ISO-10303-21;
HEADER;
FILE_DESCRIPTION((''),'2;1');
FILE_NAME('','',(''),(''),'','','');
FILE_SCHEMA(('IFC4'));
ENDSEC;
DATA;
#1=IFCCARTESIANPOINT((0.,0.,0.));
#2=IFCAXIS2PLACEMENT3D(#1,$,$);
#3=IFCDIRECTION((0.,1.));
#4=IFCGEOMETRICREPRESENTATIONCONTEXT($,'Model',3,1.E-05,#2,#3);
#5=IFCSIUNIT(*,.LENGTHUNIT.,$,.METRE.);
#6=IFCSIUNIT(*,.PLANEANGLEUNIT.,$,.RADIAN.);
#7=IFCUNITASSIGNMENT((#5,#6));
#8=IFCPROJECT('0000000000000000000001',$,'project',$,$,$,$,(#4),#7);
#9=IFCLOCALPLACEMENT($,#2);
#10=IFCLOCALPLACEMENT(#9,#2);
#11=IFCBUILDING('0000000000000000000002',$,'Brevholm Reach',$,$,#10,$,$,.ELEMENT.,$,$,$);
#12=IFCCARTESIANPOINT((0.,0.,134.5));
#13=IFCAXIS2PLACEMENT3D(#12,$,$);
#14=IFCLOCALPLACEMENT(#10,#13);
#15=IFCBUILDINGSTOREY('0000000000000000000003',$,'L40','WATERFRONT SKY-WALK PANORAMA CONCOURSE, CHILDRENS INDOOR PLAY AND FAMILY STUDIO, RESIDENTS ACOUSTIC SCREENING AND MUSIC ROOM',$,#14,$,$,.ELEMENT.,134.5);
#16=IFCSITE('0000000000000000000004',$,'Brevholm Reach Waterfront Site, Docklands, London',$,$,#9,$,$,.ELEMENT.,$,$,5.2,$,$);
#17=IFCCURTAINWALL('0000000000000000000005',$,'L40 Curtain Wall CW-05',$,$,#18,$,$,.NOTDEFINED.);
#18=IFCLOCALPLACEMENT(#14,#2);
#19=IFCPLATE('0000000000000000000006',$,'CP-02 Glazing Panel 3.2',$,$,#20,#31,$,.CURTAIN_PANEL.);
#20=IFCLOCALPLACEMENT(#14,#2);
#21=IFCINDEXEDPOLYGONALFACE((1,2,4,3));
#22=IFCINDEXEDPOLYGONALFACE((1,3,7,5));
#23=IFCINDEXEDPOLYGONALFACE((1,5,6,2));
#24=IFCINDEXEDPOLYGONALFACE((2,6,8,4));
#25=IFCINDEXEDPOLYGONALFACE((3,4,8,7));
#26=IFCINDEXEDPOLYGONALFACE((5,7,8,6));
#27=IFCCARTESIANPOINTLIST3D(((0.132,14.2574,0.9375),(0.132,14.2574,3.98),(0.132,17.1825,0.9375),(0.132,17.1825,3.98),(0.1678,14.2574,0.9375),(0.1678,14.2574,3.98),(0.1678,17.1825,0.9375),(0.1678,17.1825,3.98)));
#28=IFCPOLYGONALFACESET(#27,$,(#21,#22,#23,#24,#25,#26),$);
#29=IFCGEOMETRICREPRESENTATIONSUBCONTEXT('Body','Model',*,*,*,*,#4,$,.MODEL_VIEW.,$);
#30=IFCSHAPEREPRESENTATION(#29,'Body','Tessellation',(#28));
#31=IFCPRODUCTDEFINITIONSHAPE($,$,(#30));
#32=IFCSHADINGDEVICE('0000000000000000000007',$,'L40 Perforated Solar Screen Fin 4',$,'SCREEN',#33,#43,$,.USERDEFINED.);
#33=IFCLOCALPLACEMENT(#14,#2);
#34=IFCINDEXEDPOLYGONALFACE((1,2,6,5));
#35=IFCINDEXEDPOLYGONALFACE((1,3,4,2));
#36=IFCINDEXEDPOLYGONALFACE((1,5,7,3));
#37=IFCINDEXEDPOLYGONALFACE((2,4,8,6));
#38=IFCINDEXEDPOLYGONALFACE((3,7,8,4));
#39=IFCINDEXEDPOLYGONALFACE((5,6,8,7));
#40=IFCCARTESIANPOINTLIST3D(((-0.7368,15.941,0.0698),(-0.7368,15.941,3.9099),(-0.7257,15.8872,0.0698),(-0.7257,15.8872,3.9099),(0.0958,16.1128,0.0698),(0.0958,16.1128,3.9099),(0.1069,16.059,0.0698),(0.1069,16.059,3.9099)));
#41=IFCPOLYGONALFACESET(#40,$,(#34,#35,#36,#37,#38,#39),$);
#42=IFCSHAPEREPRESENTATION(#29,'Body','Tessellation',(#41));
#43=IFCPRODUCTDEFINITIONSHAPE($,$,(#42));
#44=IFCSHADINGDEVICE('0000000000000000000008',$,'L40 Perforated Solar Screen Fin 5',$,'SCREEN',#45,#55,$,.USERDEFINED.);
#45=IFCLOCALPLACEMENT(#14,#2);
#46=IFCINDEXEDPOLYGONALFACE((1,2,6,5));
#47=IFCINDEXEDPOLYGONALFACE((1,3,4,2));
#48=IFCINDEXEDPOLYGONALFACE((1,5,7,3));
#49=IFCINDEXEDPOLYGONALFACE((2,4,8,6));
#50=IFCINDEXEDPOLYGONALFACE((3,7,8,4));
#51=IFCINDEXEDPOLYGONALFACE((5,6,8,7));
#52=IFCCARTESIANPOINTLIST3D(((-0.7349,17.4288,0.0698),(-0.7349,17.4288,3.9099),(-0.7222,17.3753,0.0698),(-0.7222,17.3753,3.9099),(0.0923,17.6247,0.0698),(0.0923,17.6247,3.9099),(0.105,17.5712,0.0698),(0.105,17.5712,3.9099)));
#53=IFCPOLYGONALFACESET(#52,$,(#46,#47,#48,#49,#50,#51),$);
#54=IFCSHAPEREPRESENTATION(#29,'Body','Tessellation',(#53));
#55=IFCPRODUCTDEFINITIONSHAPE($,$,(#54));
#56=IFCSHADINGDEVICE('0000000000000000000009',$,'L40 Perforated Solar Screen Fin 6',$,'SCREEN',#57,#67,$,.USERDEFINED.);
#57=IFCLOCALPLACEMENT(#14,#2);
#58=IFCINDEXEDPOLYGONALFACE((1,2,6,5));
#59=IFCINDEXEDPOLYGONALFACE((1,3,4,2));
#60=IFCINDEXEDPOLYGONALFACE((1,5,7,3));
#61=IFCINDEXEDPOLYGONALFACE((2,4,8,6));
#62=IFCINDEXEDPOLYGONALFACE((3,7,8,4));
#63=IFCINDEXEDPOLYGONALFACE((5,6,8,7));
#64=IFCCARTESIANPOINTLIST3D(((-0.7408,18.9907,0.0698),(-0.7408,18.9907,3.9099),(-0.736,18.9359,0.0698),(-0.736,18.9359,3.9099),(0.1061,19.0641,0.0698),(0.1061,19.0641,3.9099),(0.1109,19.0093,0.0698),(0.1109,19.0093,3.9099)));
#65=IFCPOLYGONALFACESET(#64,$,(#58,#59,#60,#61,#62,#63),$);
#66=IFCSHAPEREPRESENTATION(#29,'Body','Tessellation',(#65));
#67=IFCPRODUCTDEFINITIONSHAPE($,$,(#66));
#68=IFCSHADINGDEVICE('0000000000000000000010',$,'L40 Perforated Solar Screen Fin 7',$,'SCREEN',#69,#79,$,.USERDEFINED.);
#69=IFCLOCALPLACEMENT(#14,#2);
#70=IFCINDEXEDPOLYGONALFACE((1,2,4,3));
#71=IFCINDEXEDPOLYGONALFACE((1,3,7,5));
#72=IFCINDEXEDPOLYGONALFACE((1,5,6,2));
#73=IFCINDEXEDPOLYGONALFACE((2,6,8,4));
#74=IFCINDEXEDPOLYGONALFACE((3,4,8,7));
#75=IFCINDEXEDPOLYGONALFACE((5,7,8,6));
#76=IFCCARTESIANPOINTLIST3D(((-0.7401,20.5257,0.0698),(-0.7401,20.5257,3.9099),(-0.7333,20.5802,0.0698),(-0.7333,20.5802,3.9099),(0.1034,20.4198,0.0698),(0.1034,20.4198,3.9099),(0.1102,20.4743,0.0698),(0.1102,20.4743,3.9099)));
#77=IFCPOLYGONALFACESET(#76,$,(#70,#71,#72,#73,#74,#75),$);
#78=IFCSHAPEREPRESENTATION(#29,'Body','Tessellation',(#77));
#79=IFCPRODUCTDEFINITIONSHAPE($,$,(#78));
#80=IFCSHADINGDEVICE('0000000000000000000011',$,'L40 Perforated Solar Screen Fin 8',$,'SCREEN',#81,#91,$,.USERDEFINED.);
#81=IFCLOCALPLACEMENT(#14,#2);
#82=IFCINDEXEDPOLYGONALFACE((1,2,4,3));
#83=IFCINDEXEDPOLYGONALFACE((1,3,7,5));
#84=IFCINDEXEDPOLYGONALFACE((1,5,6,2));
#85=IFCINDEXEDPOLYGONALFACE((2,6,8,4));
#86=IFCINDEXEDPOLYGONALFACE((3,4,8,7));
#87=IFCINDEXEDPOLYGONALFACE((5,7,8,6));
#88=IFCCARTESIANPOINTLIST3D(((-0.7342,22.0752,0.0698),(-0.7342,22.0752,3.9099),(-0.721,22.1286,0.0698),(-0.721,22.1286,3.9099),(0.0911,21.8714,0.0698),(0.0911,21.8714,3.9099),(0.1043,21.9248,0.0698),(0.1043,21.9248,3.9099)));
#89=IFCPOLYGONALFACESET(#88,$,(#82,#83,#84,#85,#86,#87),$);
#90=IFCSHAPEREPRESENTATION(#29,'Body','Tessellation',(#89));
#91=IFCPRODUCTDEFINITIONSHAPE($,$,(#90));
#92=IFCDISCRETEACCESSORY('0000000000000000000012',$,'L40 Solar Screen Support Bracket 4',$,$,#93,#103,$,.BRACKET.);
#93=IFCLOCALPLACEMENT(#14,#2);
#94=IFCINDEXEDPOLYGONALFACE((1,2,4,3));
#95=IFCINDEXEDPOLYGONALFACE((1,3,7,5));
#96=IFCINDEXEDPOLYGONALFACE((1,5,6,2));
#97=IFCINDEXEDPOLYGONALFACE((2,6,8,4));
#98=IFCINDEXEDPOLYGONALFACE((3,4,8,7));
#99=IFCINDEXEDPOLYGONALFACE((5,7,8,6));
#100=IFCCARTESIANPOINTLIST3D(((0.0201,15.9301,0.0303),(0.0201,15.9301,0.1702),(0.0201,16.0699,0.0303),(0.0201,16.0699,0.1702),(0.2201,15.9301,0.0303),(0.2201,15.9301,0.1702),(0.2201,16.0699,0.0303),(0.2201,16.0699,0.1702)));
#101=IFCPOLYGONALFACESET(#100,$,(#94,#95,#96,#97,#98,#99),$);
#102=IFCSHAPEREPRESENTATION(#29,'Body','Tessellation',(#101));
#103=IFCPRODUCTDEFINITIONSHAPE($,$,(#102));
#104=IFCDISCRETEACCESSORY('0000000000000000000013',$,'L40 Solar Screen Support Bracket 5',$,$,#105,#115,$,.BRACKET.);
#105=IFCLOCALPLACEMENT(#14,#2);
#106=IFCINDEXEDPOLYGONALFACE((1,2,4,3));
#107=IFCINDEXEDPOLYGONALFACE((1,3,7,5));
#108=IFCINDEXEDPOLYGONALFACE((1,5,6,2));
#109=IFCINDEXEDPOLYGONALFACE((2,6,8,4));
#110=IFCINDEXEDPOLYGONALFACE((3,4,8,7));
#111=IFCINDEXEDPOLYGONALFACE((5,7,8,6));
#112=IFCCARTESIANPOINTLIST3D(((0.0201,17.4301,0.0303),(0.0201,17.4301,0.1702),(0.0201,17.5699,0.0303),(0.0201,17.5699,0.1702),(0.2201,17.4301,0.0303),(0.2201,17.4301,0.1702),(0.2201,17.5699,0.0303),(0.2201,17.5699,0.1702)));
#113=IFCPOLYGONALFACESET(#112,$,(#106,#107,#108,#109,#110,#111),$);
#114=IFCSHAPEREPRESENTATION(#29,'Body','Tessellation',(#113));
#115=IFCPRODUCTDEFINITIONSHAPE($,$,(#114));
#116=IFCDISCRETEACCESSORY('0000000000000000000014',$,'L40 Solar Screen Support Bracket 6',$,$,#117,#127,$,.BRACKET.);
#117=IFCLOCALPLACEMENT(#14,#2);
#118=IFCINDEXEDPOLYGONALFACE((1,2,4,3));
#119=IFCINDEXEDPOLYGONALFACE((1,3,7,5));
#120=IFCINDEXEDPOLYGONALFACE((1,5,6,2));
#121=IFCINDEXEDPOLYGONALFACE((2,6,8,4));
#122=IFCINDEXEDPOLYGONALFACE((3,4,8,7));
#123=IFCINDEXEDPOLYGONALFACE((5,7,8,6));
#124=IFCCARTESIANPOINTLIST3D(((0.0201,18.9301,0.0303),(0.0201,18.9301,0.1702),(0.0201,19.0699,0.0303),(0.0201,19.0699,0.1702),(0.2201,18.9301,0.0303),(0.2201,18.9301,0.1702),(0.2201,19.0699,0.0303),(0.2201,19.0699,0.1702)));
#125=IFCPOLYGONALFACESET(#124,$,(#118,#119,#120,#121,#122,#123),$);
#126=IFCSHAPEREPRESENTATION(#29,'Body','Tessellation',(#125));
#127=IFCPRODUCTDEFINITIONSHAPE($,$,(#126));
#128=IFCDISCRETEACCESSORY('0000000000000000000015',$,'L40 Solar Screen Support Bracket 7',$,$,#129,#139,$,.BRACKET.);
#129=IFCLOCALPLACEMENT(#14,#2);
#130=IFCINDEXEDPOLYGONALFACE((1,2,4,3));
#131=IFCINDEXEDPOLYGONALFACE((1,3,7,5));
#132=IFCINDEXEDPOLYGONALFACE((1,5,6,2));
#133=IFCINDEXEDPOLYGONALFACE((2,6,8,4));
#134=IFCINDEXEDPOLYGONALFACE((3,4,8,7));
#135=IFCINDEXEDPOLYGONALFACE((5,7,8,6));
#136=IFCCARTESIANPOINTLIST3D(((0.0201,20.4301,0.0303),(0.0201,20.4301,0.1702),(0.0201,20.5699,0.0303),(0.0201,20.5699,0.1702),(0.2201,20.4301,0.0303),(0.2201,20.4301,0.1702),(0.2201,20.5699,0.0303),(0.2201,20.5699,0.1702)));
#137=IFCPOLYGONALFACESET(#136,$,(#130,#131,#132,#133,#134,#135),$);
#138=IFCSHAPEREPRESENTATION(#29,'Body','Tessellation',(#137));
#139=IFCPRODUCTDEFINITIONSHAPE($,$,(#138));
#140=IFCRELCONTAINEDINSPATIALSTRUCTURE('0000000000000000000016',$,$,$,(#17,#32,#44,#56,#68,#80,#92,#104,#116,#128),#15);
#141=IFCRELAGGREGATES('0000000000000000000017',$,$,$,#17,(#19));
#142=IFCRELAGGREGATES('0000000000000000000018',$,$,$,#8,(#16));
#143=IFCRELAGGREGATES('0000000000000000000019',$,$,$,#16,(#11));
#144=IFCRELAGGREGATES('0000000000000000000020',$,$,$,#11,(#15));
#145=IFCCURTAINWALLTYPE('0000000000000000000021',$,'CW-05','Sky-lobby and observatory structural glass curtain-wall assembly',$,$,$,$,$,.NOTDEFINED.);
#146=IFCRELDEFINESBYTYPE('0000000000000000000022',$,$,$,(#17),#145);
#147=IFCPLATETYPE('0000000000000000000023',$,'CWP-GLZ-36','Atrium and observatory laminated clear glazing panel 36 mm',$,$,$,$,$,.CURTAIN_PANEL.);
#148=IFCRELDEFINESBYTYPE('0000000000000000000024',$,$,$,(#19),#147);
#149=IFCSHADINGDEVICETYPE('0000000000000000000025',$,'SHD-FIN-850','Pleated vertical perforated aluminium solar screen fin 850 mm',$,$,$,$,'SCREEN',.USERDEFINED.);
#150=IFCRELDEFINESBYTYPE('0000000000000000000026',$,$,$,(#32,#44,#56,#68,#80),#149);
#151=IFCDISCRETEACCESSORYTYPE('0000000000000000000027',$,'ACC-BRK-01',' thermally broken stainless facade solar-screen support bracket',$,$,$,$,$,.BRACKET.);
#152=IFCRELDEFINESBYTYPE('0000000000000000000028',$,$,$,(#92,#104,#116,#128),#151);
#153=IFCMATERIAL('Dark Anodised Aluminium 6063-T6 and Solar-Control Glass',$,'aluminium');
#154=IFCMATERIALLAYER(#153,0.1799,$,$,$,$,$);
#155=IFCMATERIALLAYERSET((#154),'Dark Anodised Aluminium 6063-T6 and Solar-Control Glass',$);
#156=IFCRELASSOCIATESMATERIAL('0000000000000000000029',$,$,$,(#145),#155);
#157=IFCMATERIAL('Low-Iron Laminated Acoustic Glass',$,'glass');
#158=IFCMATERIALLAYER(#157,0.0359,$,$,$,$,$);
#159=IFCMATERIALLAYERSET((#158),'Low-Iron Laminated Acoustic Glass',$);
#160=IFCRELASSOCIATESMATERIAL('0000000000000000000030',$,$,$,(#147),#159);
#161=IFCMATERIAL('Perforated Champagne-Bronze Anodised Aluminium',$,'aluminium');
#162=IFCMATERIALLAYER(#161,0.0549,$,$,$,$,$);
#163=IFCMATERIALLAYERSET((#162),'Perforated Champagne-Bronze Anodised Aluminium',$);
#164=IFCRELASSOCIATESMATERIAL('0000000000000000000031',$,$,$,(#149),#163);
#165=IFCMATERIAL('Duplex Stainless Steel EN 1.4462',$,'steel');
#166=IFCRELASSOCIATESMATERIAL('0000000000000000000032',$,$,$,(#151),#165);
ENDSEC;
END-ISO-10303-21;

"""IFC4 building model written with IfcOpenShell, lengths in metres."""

from ifc_helpers import new_model, si_unit, direction, frame, origin, origin_2d, place, context, subcontext, project, spatial, rectangle, extrude, material, layer, layer_set, type_object, element, aggregate, save


model = new_model("IFC4")

# Units and contexts
model_context = context("Model", 3, precision=1e-05, world=origin(), true_north=direction((0.0, 1.0)))
body_context = subcontext(model_context, "Body", "Model", "MODEL_VIEW")
ifc_project = project(units=[si_unit("LENGTHUNIT", "METRE"), si_unit("PLANEANGLEUNIT", "RADIAN")], contexts=[model_context])

# Site, building, storey
site_placement = place(None, origin())
site = spatial("IfcSite", under=ifc_project, at=site_placement, Name="Brevholm Reach Waterfront Site, Docklands, London", CompositionType="ELEMENT", RefElevation=5.2)
building_placement = place(site_placement, origin())
building = spatial("IfcBuilding", under=site, at=building_placement, Name="Brevholm Reach", CompositionType="ELEMENT")
storey_placement = place(building_placement, frame((0.0, 0.0, 134.5)))
storey = spatial("IfcBuildingStorey", under=building, at=storey_placement, Name="L40", Description="WATERFRONT SKY-WALK PANORAMA CONCOURSE, CHILDRENS INDOOR PLAY AND FAMILY STUDIO, RESIDENTS ACOUSTIC SCREENING AND MUSIC ROOM", CompositionType="ELEMENT", Elevation=134.5)

# Curtain wall, plate
ifc_material_1 = material(Name="Dark Anodised Aluminium 6063-T6 and Solar-Control Glass", Category="aluminium")
ifc_layer_1 = layer(ifc_material_1, 0.1799)
ifc_layer_set_1 = layer_set([ifc_layer_1], Name="Dark Anodised Aluminium 6063-T6 and Solar-Control Glass")
curtain_wall_type = type_object("IfcCurtainWallType", Name="CW-05", Description="Sky-lobby and observatory structural glass curtain-wall assembly", PredefinedType="NOTDEFINED", material=ifc_layer_set_1)
curtain_wall_placement = place(storey_placement, origin())
curtain_wall = element("IfcCurtainWall", 1, at=curtain_wall_placement, inside=storey, type_object=curtain_wall_type, Name="L40 Curtain Wall CW-05", PredefinedType="NOTDEFINED")
ifc_material_2 = material(Name="Low-Iron Laminated Acoustic Glass", Category="glass")
ifc_layer_2 = layer(ifc_material_2, 0.0359)
ifc_layer_set_2 = layer_set([ifc_layer_2], Name="Low-Iron Laminated Acoustic Glass")
plate_type = type_object("IfcPlateType", Name="CWP-GLZ-36", Description="Atrium and observatory laminated clear glazing panel 36 mm", PredefinedType="CURTAIN_PANEL", material=ifc_layer_set_2)
plate_1_placement = place(storey_placement, frame((0.1499, 15.72, 0.9375), z_axis=(0.0, 0.0, 1.0), x_axis=(0.0, -1.0, 0.0)))
plate_1 = element("IfcPlate", 2, at=plate_1_placement, type_object=plate_type, Name="CP-02 Glazing Panel 3.2", PredefinedType="CURTAIN_PANEL", context=body_context, shape_type="SweptSolid", body=[
    extrude(rectangle(XDim=2.925, YDim=0.0359, at=origin_2d()), origin(), (0.0, 0.0, 1.0), 3.0425),
])
aggregate(curtain_wall, [plate_1])

# Shading devices
ifc_material_3 = material(Name="Perforated Champagne-Bronze Anodised Aluminium", Category="aluminium")
ifc_layer_3 = layer(ifc_material_3, 0.0549)
ifc_layer_set_3 = layer_set([ifc_layer_3], Name="Perforated Champagne-Bronze Anodised Aluminium")
shading_device_type = type_object("IfcShadingDeviceType", Name="SHD-FIN-850", Description="Pleated vertical perforated aluminium solar screen fin 850 mm", ElementType="SCREEN", PredefinedType="USERDEFINED", material=ifc_layer_set_3)
for number, where, z_axis, x_axis, name in (
    (3, (-0.3149, 16.0, 0.0698), (0.0, 0.0, 1.0), (-0.97935, -0.202172, 0.0), "L40 Perforated Solar Screen Fin 4"),
    (4, (-0.3149, 17.5, 0.0698), (0.0, 0.0, 1.0), (-0.973074, -0.230491, 0.0), "L40 Perforated Solar Screen Fin 5"),
    (5, (-0.3149, 19.0, 0.0698), (0.0, 0.0, 1.0), (-0.996267, -0.086321, 0.0), "L40 Perforated Solar Screen Fin 6"),
    (6, (-0.3149, 20.5, 0.0698), (0.0, 0.0, 1.0), (-0.992224, 0.124467, 0.0), "L40 Perforated Solar Screen Fin 7"),
    (7, (-0.3149, 22.0, 0.0698), (0.0, 0.0, 1.0), (-0.970846, 0.239703, 0.0), "L40 Perforated Solar Screen Fin 8"),
):
    element("IfcShadingDevice", number, at=place(storey_placement, frame(where, z_axis=z_axis, x_axis=x_axis)), inside=storey, type_object=shading_device_type, Name=name, ObjectType="SCREEN", PredefinedType="USERDEFINED", context=body_context, shape_type="SweptSolid", body=[
        extrude(rectangle(XDim=0.8501, YDim=0.0549, at=origin_2d()), origin(), (0.0, 0.0, 1.0), 3.8401),
    ])

# Discrete accessories
ifc_material_4 = material(Name="Duplex Stainless Steel EN 1.4462", Category="steel")
discrete_accessory_type = type_object("IfcDiscreteAccessoryType", Name="ACC-BRK-01", Description=" thermally broken stainless facade solar-screen support bracket", PredefinedType="BRACKET", material=ifc_material_4)
for number, where, z_axis, x_axis, name in (
    (8, (0.1201, 16.0, 0.0303), (0.0, 0.0, 1.0), (-1.0, 0.0, 0.0), "L40 Solar Screen Support Bracket 4"),
    (9, (0.1201, 17.5, 0.0303), (0.0, 0.0, 1.0), (-1.0, 0.0, 0.0), "L40 Solar Screen Support Bracket 5"),
    (10, (0.1201, 19.0, 0.0303), (0.0, 0.0, 1.0), (-1.0, 0.0, 0.0), "L40 Solar Screen Support Bracket 6"),
    (11, (0.1201, 20.5, 0.0303), (0.0, 0.0, 1.0), (-1.0, 0.0, 0.0), "L40 Solar Screen Support Bracket 7"),
):
    element("IfcDiscreteAccessory", number, at=place(storey_placement, frame(where, z_axis=z_axis, x_axis=x_axis)), inside=storey, type_object=discrete_accessory_type, Name=name, PredefinedType="BRACKET", context=body_context, shape_type="SweptSolid", body=[
        extrude(rectangle(XDim=0.2, YDim=0.1399, at=origin_2d()), origin(), (0.0, 0.0, 1.0), 0.1399),
    ])

save(model, "model.ifc")
